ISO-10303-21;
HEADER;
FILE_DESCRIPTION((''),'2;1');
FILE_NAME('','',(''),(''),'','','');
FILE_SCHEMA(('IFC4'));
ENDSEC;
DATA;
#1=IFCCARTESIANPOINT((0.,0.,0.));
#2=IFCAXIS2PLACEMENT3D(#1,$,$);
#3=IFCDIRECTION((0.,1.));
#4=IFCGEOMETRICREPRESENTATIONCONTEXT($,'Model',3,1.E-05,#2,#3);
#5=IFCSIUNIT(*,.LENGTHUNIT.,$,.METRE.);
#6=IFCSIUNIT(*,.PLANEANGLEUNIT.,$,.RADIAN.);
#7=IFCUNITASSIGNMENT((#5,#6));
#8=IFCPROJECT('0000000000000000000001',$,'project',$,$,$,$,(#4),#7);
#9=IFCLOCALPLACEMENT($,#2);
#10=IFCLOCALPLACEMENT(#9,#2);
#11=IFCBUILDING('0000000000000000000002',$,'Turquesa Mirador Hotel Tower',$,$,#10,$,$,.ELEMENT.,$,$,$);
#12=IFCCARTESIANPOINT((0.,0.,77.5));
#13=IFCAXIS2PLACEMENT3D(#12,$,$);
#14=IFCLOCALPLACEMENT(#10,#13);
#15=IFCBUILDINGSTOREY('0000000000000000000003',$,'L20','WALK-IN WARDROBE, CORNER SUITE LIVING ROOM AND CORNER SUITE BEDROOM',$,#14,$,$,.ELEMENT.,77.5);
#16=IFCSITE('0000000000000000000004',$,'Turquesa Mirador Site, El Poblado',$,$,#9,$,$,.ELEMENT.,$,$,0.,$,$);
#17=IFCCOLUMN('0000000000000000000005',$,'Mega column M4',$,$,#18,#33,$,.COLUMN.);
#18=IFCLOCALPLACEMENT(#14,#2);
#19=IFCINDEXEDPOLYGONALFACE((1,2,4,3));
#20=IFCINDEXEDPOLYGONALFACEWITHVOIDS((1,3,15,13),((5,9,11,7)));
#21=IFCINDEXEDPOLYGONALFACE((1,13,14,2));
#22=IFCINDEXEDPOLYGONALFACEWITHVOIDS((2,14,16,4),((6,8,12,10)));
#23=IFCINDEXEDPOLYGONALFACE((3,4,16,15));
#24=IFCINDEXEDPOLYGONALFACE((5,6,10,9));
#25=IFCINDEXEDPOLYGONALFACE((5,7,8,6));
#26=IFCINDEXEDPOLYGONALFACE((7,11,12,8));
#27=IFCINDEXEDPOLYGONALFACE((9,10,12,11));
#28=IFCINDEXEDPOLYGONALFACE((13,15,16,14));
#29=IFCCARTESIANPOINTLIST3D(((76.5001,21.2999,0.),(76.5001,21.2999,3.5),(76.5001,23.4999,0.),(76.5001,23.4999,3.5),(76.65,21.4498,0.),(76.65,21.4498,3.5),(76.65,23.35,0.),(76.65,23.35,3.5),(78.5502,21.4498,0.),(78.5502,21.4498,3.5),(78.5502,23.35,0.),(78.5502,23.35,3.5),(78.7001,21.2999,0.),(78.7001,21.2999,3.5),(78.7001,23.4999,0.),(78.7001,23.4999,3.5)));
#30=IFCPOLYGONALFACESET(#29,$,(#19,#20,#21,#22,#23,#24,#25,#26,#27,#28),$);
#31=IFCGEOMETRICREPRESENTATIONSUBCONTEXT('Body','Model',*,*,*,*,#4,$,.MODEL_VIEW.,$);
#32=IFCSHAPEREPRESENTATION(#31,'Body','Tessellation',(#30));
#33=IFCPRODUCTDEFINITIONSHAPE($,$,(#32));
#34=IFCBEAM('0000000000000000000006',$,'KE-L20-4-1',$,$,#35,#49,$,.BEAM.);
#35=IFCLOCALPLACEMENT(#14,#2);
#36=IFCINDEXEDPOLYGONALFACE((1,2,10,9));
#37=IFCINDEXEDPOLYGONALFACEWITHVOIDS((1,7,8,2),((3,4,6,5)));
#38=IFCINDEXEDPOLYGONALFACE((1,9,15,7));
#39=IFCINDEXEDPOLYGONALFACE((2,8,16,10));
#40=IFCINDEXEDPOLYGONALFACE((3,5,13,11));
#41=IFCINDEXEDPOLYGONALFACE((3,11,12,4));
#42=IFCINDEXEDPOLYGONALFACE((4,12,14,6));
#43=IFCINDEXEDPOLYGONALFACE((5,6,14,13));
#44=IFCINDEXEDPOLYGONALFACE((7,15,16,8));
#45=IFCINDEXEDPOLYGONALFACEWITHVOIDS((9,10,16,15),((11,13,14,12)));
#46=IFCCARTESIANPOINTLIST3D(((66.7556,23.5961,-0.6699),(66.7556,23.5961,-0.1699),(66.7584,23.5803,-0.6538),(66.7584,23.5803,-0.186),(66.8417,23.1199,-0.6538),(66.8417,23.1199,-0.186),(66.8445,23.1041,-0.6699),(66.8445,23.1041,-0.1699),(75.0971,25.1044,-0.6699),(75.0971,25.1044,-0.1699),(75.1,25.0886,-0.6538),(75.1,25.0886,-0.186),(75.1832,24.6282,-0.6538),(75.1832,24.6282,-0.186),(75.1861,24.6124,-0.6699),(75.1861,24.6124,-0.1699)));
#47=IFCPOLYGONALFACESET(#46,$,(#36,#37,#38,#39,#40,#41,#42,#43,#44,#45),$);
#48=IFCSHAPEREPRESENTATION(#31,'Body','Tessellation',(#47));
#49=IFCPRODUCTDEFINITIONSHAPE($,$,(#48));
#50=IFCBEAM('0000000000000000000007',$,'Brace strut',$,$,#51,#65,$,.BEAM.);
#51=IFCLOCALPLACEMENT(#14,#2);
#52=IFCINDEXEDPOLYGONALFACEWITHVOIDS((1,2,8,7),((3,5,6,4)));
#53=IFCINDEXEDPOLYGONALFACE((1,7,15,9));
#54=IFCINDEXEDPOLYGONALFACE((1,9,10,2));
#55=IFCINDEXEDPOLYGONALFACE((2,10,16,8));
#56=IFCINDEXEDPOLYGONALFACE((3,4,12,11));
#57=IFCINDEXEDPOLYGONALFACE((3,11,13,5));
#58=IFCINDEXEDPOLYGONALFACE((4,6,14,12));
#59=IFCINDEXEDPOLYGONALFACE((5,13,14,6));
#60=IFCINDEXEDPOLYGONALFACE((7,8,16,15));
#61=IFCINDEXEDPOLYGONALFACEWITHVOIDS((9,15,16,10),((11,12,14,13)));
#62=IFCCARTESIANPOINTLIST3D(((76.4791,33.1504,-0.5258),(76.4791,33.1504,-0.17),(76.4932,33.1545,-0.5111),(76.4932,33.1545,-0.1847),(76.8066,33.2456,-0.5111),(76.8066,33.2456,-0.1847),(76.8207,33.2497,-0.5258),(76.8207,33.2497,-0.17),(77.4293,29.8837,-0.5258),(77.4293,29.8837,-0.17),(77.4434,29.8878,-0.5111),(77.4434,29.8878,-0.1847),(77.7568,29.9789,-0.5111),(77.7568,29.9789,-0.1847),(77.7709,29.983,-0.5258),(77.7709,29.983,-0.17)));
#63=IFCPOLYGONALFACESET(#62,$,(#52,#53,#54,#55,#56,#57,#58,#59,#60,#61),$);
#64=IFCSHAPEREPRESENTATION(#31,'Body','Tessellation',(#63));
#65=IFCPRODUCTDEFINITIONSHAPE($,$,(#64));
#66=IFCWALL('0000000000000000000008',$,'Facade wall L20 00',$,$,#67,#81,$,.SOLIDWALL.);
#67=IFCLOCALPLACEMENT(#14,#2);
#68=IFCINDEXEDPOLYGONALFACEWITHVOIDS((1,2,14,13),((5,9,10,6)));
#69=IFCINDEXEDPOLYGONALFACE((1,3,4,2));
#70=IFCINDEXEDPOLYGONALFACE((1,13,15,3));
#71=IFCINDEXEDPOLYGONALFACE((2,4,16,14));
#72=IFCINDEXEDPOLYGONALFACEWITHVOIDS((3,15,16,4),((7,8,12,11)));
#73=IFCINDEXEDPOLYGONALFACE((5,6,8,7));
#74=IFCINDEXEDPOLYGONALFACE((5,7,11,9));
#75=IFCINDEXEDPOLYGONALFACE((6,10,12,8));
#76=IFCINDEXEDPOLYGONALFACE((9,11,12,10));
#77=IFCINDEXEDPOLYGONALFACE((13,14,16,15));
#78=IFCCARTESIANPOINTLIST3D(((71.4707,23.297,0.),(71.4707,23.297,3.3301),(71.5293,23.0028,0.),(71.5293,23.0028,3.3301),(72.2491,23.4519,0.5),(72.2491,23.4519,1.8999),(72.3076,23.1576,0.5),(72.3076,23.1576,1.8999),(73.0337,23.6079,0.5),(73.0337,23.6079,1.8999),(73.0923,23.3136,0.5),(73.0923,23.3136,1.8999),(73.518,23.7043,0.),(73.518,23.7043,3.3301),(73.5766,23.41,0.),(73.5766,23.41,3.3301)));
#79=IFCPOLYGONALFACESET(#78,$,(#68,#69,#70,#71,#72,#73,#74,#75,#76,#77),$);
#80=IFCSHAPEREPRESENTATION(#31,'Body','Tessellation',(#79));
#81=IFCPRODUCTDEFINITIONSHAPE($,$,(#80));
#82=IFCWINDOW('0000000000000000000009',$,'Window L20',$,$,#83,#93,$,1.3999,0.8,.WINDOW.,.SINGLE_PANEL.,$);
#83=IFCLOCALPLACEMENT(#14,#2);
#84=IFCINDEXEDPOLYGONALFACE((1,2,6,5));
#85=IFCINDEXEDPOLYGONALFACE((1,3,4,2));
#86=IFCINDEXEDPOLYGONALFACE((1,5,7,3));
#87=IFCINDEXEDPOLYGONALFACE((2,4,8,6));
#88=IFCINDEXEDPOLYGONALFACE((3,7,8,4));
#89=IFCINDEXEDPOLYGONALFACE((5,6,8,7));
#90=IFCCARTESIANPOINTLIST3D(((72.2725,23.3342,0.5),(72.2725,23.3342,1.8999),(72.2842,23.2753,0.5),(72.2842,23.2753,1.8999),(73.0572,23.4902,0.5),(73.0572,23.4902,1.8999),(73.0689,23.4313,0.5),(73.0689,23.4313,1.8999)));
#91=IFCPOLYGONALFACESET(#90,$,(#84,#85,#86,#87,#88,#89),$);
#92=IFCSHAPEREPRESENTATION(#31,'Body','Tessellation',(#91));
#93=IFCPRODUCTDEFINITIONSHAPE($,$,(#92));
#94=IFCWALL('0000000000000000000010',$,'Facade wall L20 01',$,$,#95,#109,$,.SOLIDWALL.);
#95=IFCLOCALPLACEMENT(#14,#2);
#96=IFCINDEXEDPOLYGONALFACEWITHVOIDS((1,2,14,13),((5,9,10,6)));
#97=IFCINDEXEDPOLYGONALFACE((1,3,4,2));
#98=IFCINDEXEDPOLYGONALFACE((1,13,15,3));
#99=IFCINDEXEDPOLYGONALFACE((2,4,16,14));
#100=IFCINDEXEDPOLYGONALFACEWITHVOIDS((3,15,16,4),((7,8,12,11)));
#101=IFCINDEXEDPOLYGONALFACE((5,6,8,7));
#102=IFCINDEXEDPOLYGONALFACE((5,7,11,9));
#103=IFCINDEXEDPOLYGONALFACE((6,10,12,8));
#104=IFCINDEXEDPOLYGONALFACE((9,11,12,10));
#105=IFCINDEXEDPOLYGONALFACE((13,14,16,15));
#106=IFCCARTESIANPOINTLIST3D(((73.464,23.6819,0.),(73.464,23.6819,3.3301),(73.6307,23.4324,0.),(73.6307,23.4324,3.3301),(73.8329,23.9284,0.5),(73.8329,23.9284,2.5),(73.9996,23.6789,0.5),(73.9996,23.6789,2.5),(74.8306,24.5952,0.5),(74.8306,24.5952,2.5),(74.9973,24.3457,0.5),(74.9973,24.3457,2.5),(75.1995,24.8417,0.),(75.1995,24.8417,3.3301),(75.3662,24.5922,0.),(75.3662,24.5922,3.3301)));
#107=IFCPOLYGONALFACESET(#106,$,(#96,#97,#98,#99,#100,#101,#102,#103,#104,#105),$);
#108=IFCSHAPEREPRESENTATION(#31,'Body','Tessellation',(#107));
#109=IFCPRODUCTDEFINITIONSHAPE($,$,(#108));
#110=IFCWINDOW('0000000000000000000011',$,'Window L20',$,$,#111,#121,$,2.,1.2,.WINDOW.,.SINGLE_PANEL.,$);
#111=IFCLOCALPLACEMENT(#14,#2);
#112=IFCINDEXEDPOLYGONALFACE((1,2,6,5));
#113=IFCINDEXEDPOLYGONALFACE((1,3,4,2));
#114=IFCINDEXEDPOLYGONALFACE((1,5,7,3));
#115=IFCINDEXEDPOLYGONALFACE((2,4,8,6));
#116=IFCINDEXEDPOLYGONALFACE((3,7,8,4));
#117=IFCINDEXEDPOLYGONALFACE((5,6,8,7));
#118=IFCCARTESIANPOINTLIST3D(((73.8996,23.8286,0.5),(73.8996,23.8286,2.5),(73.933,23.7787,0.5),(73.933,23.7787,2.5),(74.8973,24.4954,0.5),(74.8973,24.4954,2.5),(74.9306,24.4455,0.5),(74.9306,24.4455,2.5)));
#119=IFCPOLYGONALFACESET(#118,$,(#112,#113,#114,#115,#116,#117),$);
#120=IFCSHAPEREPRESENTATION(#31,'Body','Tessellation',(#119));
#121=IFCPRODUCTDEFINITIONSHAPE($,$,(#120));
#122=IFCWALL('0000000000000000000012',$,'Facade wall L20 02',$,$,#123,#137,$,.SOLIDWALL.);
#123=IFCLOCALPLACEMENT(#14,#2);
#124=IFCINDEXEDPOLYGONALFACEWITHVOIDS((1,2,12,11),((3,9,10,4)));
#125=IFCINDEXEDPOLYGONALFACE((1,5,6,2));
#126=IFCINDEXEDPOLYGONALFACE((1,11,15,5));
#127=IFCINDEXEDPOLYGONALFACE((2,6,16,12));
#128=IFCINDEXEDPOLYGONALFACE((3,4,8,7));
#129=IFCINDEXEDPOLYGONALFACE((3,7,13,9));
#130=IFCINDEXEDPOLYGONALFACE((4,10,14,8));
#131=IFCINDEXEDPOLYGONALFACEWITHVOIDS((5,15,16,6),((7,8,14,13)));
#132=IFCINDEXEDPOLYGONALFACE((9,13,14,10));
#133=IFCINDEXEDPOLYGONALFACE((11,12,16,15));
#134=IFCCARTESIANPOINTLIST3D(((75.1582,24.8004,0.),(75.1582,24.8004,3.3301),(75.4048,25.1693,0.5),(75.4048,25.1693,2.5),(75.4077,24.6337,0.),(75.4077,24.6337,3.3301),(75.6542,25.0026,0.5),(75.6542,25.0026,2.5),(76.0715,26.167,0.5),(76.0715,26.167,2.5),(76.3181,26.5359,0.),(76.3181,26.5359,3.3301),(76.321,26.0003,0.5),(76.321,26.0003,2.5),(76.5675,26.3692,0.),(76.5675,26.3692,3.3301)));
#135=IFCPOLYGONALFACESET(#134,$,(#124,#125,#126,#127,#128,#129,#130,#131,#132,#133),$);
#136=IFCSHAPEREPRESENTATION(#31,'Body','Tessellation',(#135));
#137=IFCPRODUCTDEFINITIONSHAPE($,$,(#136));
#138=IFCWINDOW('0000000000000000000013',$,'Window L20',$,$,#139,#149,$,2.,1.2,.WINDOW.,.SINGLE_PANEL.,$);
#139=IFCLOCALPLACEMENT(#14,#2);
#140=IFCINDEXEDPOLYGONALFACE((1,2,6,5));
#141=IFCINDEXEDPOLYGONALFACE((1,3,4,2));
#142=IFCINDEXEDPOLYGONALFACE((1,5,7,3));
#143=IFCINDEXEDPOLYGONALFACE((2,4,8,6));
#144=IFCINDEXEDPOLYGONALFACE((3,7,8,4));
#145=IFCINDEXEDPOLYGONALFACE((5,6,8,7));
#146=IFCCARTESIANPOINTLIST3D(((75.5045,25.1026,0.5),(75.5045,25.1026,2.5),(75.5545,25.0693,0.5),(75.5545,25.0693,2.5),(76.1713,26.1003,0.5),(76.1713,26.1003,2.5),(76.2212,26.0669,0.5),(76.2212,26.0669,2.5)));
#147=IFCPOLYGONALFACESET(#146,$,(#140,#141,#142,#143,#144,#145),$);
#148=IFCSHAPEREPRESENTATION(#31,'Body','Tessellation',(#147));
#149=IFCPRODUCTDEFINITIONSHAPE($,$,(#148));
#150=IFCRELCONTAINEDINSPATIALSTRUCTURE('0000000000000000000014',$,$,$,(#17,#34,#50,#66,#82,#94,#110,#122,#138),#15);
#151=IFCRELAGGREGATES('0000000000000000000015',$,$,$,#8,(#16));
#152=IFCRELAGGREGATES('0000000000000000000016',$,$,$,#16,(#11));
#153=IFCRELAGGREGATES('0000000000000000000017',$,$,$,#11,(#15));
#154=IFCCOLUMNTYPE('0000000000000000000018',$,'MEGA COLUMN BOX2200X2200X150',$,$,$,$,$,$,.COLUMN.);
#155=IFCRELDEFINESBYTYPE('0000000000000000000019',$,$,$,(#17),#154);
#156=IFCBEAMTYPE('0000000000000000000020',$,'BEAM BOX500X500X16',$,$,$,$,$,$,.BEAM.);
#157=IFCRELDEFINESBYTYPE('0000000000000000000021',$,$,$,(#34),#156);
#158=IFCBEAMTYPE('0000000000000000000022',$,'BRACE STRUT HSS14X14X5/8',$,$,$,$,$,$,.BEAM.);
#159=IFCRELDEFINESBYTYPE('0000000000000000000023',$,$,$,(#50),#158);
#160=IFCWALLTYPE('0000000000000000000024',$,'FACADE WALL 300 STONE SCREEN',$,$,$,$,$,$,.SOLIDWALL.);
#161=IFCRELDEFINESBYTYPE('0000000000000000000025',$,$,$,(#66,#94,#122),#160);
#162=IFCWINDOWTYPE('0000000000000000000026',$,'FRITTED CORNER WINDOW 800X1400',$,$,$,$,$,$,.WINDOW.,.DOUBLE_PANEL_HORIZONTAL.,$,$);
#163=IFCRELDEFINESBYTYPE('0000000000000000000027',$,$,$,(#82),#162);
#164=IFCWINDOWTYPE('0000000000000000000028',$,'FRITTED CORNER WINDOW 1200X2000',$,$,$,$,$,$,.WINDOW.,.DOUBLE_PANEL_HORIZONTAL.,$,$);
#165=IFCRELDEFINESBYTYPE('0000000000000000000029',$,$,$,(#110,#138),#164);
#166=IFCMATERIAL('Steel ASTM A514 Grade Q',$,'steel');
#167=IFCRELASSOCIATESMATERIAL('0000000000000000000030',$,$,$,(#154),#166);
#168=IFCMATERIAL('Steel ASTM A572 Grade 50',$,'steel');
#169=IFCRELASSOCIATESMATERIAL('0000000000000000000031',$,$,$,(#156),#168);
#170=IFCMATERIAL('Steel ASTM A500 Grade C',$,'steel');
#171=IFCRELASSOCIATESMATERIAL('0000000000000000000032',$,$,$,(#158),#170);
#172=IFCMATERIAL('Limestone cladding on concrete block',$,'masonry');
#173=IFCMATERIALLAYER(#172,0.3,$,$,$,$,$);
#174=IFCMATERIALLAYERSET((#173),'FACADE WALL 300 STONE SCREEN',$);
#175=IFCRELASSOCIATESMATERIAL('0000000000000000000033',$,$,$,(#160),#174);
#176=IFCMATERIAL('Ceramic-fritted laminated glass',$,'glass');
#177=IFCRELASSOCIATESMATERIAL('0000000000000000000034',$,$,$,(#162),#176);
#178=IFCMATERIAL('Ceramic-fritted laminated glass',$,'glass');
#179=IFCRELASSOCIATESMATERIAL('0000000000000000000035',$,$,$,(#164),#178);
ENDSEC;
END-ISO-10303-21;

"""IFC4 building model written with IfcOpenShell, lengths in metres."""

from ifc_helpers import new_model, si_unit, direction, frame, frame_2d, origin, origin_2d, place, context, subcontext, project, spatial, rectangle, hollow_rectangle, extrude, material, layer, layer_set, material_profile, profile_set, type_object, element, fill, save


model = new_model("IFC4")

# Units and contexts
model_context = context("Model", 3, precision=1e-05, world=origin(), true_north=direction((0.0, 1.0)))
body_context = subcontext(model_context, "Body", "Model", "MODEL_VIEW")
ifc_project = project(units=[si_unit("LENGTHUNIT", "METRE"), si_unit("PLANEANGLEUNIT", "RADIAN")], contexts=[model_context])

# Site, building, storey
site_placement = place(None, origin())
site = spatial("IfcSite", under=ifc_project, at=site_placement, Name="Turquesa Mirador Site, El Poblado", CompositionType="ELEMENT", RefElevation=0.0)
building_placement = place(site_placement, origin())
building = spatial("IfcBuilding", under=site, at=building_placement, Name="Turquesa Mirador Hotel Tower", CompositionType="ELEMENT")
storey_placement = place(building_placement, frame((0.0, 0.0, 77.5)))
storey = spatial("IfcBuildingStorey", under=building, at=storey_placement, Name="L20", Description="WALK-IN WARDROBE, CORNER SUITE LIVING ROOM AND CORNER SUITE BEDROOM", CompositionType="ELEMENT", Elevation=77.5)

# Column
ifc_material_1 = material(Name="Steel ASTM A514 Grade Q", Category="steel")
ifc_material_profile_1 = material_profile(ifc_material_1, hollow_rectangle(XDim=2.2, YDim=2.2, WallThickness=0.1499, at=origin_2d()), Name="BOX2200X2200X150")
ifc_profile_set_1 = profile_set([ifc_material_profile_1], Name="Steel ASTM A514 Grade Q")
column_type = type_object("IfcColumnType", Name="MEGA COLUMN BOX2200X2200X150", PredefinedType="COLUMN", material=ifc_profile_set_1)
column_placement = place(storey_placement, frame((77.6001, 22.3999, 0.0), z_axis=(0.0, 0.0, 1.0), x_axis=(1.0, 0.0, 0.0)))
element("IfcColumn", 1, at=column_placement, inside=storey, type_object=column_type, Name="Mega column M4", PredefinedType="COLUMN", context=body_context, shape_type="SweptSolid", body=[
    extrude(hollow_rectangle(XDim=2.2, YDim=2.2, WallThickness=0.1499, at=origin_2d()), origin(), (0.0, 0.0, 1.0), 3.5),
])

# Beams
ifc_material_2 = material(Name="Steel ASTM A572 Grade 50", Category="steel")
ifc_material_profile_2 = material_profile(ifc_material_2, hollow_rectangle(XDim=0.5, YDim=0.5, WallThickness=0.0161, at=origin_2d()), Name="BOX500X500X16")
ifc_profile_set_2 = profile_set([ifc_material_profile_2], Name="Steel ASTM A572 Grade 50")
beam_type_1 = type_object("IfcBeamType", Name="BEAM BOX500X500X16", PredefinedType="BEAM", material=ifc_profile_set_2)
beam_1_placement = place(storey_placement, frame((75.1416, 24.8584, -0.4199), z_axis=(-0.984043, -0.177932, 0.0), x_axis=(0.177932, -0.984043, 0.0)))
element("IfcBeam", 2, at=beam_1_placement, inside=storey, type_object=beam_type_1, Name="KE-L20-4-1", PredefinedType="BEAM", context=body_context, shape_type="SweptSolid", body=[
    extrude(hollow_rectangle(XDim=0.5, YDim=0.5, WallThickness=0.0161, at=origin_2d()), origin(), (0.0, 0.0, 1.0), 8.4768),
])
ifc_material_3 = material(Name="Steel ASTM A500 Grade C", Category="steel")
ifc_material_profile_3 = material_profile(ifc_material_3, hollow_rectangle(XDim=0.3557, YDim=0.3557, WallThickness=0.0146, at=origin_2d()), Name="HSS14X14X5/8")
ifc_profile_set_3 = profile_set([ifc_material_profile_3], Name="Steel ASTM A500 Grade C")
beam_type_2 = type_object("IfcBeamType", Name="BRACE STRUT HSS14X14X5/8", PredefinedType="BEAM", material=ifc_profile_set_3)
beam_2_placement = place(storey_placement, frame((77.6001, 29.9333, -0.3479), z_axis=(-0.279305, 0.960202, 0.0), x_axis=(-0.960202, -0.279305, 0.0)))
element("IfcBeam", 3, at=beam_2_placement, inside=storey, type_object=beam_type_2, Name="Brace strut", PredefinedType="BEAM", context=body_context, shape_type="SweptSolid", body=[
    extrude(hollow_rectangle(XDim=0.3557, YDim=0.3557, WallThickness=0.0146, at=origin_2d()), origin(), (0.0, 0.0, 1.0), 3.4021),
])

# Walls, openings, windows
ifc_material_4 = material(Name="Limestone cladding on concrete block", Category="masonry")
ifc_layer = layer(ifc_material_4, 0.3)
ifc_layer_set = layer_set([ifc_layer], Name="FACADE WALL 300 STONE SCREEN")
wall_type = type_object("IfcWallType", Name="FACADE WALL 300 STONE SCREEN", PredefinedType="SOLIDWALL", material=ifc_layer_set)
wall_1_placement = place(storey_placement, frame((71.5, 23.1499, 0.0), z_axis=(0.0, 0.0, 1.0), x_axis=(0.980787, 0.195081, 0.0)))
wall_1 = element("IfcWall", 4, at=wall_1_placement, inside=storey, type_object=wall_type, Name="Facade wall L20 00", PredefinedType="SOLIDWALL", context=body_context, shape_type="SweptSolid", body=[
    extrude(rectangle(XDim=2.0874, YDim=0.3, at=frame_2d((1.0437, 0.0))), origin(), (0.0, 0.0, 1.0), 3.3301),
])
opening_1_placement = place(wall_1_placement, frame((0.7937, 0.0, 0.5)))
opening_1 = element("IfcOpeningElement", 5, at=opening_1_placement, cuts=wall_1, PredefinedType="OPENING", context=body_context, shape_type="SweptSolid", body=[
    extrude(rectangle(XDim=0.8, YDim=1.3999, at=frame_2d((0.3999, 0.7))), frame((0.0, 0.1599, 0.0), z_axis=(0.0, -1.0, 0.0), x_axis=(1.0, 0.0, 0.0)), (0.0, 0.0, 1.0), 0.3201),
])
ifc_material_5 = material(Name="Ceramic-fritted laminated glass", Category="glass")
window_type_1 = type_object("IfcWindowType", Name="FRITTED CORNER WINDOW 800X1400", PartitioningType="DOUBLE_PANEL_HORIZONTAL", PredefinedType="WINDOW", material=ifc_material_5)
window_1_placement = place(opening_1_placement, origin())
window_1 = element("IfcWindow", 6, at=window_1_placement, inside=storey, type_object=window_type_1, Name="Window L20", OverallHeight=1.3999, OverallWidth=0.8, PartitioningType="SINGLE_PANEL", PredefinedType="WINDOW", context=body_context, shape_type="SweptSolid", body=[
    extrude(rectangle(XDim=0.8, YDim=1.3999, at=frame_2d((0.3999, 0.7))), frame((0.0, 0.03, 0.0), z_axis=(0.0, -1.0, 0.0), x_axis=(1.0, 0.0, 0.0)), (0.0, 0.0, 1.0), 0.0601),
])
fill(opening_1, window_1)
wall_2_placement = place(storey_placement, frame((73.5474, 23.5571, 0.0), z_axis=(0.0, 0.0, 1.0), x_axis=(0.83142, 0.555644, 0.0)))
wall_2 = element("IfcWall", 7, at=wall_2_placement, inside=storey, type_object=wall_type, Name="Facade wall L20 01", PredefinedType="SOLIDWALL", context=body_context, shape_type="SweptSolid", body=[
    extrude(rectangle(XDim=2.0874, YDim=0.3, at=frame_2d((1.0437, 0.0))), origin(), (0.0, 0.0, 1.0), 3.3301),
])
opening_2_placement = place(wall_2_placement, frame((0.4436, 0.0, 0.5)))
opening_2 = element("IfcOpeningElement", 8, at=opening_2_placement, cuts=wall_2, PredefinedType="OPENING", context=body_context, shape_type="SweptSolid", body=[
    extrude(rectangle(XDim=1.2, YDim=2.0, at=frame_2d((0.6001, 1.0))), frame((0.0, 0.1599, 0.0), z_axis=(0.0, -1.0, 0.0), x_axis=(1.0, 0.0, 0.0)), (0.0, 0.0, 1.0), 0.3201),
])
ifc_material_6 = material(Name="Ceramic-fritted laminated glass", Category="glass")
window_type_2 = type_object("IfcWindowType", Name="FRITTED CORNER WINDOW 1200X2000", PartitioningType="DOUBLE_PANEL_HORIZONTAL", PredefinedType="WINDOW", material=ifc_material_6)
window_2_placement = place(opening_2_placement, origin())
window_2 = element("IfcWindow", 9, at=window_2_placement, inside=storey, type_object=window_type_2, Name="Window L20", OverallHeight=2.0, OverallWidth=1.2, PartitioningType="SINGLE_PANEL", PredefinedType="WINDOW", context=body_context, shape_type="SweptSolid", body=[
    extrude(rectangle(XDim=1.2, YDim=2.0, at=frame_2d((0.6001, 1.0))), frame((0.0, 0.03, 0.0), z_axis=(0.0, -1.0, 0.0), x_axis=(1.0, 0.0, 0.0)), (0.0, 0.0, 1.0), 0.0601),
])
fill(opening_2, window_2)
wall_3_placement = place(storey_placement, frame((75.283, 24.717, 0.0), z_axis=(0.0, 0.0, 1.0), x_axis=(0.555644, 0.83142, 0.0)))
wall_3 = element("IfcWall", 10, at=wall_3_placement, inside=storey, type_object=wall_type, Name="Facade wall L20 02", PredefinedType="SOLIDWALL", context=body_context, shape_type="SweptSolid", body=[
    extrude(rectangle(XDim=2.0874, YDim=0.3, at=frame_2d((1.0437, 0.0))), origin(), (0.0, 0.0, 1.0), 3.3301),
])
opening_3_placement = place(wall_3_placement, frame((0.4436, 0.0, 0.5)))
opening_3 = element("IfcOpeningElement", 11, at=opening_3_placement, cuts=wall_3, PredefinedType="OPENING", context=body_context, shape_type="SweptSolid", body=[
    extrude(rectangle(XDim=1.2, YDim=2.0, at=frame_2d((0.6001, 1.0))), frame((0.0, 0.1599, 0.0), z_axis=(0.0, -1.0, 0.0), x_axis=(1.0, 0.0, 0.0)), (0.0, 0.0, 1.0), 0.3201),
])
window_3_placement = place(opening_3_placement, origin())
window_3 = element("IfcWindow", 12, at=window_3_placement, inside=storey, type_object=window_type_2, Name="Window L20", OverallHeight=2.0, OverallWidth=1.2, PartitioningType="SINGLE_PANEL", PredefinedType="WINDOW", context=body_context, shape_type="SweptSolid", body=[
    extrude(rectangle(XDim=1.2, YDim=2.0, at=frame_2d((0.6001, 1.0))), frame((0.0, 0.03, 0.0), z_axis=(0.0, -1.0, 0.0), x_axis=(1.0, 0.0, 0.0)), (0.0, 0.0, 1.0), 0.0601),
])
fill(opening_3, window_3)

save(model, "model.ifc")
